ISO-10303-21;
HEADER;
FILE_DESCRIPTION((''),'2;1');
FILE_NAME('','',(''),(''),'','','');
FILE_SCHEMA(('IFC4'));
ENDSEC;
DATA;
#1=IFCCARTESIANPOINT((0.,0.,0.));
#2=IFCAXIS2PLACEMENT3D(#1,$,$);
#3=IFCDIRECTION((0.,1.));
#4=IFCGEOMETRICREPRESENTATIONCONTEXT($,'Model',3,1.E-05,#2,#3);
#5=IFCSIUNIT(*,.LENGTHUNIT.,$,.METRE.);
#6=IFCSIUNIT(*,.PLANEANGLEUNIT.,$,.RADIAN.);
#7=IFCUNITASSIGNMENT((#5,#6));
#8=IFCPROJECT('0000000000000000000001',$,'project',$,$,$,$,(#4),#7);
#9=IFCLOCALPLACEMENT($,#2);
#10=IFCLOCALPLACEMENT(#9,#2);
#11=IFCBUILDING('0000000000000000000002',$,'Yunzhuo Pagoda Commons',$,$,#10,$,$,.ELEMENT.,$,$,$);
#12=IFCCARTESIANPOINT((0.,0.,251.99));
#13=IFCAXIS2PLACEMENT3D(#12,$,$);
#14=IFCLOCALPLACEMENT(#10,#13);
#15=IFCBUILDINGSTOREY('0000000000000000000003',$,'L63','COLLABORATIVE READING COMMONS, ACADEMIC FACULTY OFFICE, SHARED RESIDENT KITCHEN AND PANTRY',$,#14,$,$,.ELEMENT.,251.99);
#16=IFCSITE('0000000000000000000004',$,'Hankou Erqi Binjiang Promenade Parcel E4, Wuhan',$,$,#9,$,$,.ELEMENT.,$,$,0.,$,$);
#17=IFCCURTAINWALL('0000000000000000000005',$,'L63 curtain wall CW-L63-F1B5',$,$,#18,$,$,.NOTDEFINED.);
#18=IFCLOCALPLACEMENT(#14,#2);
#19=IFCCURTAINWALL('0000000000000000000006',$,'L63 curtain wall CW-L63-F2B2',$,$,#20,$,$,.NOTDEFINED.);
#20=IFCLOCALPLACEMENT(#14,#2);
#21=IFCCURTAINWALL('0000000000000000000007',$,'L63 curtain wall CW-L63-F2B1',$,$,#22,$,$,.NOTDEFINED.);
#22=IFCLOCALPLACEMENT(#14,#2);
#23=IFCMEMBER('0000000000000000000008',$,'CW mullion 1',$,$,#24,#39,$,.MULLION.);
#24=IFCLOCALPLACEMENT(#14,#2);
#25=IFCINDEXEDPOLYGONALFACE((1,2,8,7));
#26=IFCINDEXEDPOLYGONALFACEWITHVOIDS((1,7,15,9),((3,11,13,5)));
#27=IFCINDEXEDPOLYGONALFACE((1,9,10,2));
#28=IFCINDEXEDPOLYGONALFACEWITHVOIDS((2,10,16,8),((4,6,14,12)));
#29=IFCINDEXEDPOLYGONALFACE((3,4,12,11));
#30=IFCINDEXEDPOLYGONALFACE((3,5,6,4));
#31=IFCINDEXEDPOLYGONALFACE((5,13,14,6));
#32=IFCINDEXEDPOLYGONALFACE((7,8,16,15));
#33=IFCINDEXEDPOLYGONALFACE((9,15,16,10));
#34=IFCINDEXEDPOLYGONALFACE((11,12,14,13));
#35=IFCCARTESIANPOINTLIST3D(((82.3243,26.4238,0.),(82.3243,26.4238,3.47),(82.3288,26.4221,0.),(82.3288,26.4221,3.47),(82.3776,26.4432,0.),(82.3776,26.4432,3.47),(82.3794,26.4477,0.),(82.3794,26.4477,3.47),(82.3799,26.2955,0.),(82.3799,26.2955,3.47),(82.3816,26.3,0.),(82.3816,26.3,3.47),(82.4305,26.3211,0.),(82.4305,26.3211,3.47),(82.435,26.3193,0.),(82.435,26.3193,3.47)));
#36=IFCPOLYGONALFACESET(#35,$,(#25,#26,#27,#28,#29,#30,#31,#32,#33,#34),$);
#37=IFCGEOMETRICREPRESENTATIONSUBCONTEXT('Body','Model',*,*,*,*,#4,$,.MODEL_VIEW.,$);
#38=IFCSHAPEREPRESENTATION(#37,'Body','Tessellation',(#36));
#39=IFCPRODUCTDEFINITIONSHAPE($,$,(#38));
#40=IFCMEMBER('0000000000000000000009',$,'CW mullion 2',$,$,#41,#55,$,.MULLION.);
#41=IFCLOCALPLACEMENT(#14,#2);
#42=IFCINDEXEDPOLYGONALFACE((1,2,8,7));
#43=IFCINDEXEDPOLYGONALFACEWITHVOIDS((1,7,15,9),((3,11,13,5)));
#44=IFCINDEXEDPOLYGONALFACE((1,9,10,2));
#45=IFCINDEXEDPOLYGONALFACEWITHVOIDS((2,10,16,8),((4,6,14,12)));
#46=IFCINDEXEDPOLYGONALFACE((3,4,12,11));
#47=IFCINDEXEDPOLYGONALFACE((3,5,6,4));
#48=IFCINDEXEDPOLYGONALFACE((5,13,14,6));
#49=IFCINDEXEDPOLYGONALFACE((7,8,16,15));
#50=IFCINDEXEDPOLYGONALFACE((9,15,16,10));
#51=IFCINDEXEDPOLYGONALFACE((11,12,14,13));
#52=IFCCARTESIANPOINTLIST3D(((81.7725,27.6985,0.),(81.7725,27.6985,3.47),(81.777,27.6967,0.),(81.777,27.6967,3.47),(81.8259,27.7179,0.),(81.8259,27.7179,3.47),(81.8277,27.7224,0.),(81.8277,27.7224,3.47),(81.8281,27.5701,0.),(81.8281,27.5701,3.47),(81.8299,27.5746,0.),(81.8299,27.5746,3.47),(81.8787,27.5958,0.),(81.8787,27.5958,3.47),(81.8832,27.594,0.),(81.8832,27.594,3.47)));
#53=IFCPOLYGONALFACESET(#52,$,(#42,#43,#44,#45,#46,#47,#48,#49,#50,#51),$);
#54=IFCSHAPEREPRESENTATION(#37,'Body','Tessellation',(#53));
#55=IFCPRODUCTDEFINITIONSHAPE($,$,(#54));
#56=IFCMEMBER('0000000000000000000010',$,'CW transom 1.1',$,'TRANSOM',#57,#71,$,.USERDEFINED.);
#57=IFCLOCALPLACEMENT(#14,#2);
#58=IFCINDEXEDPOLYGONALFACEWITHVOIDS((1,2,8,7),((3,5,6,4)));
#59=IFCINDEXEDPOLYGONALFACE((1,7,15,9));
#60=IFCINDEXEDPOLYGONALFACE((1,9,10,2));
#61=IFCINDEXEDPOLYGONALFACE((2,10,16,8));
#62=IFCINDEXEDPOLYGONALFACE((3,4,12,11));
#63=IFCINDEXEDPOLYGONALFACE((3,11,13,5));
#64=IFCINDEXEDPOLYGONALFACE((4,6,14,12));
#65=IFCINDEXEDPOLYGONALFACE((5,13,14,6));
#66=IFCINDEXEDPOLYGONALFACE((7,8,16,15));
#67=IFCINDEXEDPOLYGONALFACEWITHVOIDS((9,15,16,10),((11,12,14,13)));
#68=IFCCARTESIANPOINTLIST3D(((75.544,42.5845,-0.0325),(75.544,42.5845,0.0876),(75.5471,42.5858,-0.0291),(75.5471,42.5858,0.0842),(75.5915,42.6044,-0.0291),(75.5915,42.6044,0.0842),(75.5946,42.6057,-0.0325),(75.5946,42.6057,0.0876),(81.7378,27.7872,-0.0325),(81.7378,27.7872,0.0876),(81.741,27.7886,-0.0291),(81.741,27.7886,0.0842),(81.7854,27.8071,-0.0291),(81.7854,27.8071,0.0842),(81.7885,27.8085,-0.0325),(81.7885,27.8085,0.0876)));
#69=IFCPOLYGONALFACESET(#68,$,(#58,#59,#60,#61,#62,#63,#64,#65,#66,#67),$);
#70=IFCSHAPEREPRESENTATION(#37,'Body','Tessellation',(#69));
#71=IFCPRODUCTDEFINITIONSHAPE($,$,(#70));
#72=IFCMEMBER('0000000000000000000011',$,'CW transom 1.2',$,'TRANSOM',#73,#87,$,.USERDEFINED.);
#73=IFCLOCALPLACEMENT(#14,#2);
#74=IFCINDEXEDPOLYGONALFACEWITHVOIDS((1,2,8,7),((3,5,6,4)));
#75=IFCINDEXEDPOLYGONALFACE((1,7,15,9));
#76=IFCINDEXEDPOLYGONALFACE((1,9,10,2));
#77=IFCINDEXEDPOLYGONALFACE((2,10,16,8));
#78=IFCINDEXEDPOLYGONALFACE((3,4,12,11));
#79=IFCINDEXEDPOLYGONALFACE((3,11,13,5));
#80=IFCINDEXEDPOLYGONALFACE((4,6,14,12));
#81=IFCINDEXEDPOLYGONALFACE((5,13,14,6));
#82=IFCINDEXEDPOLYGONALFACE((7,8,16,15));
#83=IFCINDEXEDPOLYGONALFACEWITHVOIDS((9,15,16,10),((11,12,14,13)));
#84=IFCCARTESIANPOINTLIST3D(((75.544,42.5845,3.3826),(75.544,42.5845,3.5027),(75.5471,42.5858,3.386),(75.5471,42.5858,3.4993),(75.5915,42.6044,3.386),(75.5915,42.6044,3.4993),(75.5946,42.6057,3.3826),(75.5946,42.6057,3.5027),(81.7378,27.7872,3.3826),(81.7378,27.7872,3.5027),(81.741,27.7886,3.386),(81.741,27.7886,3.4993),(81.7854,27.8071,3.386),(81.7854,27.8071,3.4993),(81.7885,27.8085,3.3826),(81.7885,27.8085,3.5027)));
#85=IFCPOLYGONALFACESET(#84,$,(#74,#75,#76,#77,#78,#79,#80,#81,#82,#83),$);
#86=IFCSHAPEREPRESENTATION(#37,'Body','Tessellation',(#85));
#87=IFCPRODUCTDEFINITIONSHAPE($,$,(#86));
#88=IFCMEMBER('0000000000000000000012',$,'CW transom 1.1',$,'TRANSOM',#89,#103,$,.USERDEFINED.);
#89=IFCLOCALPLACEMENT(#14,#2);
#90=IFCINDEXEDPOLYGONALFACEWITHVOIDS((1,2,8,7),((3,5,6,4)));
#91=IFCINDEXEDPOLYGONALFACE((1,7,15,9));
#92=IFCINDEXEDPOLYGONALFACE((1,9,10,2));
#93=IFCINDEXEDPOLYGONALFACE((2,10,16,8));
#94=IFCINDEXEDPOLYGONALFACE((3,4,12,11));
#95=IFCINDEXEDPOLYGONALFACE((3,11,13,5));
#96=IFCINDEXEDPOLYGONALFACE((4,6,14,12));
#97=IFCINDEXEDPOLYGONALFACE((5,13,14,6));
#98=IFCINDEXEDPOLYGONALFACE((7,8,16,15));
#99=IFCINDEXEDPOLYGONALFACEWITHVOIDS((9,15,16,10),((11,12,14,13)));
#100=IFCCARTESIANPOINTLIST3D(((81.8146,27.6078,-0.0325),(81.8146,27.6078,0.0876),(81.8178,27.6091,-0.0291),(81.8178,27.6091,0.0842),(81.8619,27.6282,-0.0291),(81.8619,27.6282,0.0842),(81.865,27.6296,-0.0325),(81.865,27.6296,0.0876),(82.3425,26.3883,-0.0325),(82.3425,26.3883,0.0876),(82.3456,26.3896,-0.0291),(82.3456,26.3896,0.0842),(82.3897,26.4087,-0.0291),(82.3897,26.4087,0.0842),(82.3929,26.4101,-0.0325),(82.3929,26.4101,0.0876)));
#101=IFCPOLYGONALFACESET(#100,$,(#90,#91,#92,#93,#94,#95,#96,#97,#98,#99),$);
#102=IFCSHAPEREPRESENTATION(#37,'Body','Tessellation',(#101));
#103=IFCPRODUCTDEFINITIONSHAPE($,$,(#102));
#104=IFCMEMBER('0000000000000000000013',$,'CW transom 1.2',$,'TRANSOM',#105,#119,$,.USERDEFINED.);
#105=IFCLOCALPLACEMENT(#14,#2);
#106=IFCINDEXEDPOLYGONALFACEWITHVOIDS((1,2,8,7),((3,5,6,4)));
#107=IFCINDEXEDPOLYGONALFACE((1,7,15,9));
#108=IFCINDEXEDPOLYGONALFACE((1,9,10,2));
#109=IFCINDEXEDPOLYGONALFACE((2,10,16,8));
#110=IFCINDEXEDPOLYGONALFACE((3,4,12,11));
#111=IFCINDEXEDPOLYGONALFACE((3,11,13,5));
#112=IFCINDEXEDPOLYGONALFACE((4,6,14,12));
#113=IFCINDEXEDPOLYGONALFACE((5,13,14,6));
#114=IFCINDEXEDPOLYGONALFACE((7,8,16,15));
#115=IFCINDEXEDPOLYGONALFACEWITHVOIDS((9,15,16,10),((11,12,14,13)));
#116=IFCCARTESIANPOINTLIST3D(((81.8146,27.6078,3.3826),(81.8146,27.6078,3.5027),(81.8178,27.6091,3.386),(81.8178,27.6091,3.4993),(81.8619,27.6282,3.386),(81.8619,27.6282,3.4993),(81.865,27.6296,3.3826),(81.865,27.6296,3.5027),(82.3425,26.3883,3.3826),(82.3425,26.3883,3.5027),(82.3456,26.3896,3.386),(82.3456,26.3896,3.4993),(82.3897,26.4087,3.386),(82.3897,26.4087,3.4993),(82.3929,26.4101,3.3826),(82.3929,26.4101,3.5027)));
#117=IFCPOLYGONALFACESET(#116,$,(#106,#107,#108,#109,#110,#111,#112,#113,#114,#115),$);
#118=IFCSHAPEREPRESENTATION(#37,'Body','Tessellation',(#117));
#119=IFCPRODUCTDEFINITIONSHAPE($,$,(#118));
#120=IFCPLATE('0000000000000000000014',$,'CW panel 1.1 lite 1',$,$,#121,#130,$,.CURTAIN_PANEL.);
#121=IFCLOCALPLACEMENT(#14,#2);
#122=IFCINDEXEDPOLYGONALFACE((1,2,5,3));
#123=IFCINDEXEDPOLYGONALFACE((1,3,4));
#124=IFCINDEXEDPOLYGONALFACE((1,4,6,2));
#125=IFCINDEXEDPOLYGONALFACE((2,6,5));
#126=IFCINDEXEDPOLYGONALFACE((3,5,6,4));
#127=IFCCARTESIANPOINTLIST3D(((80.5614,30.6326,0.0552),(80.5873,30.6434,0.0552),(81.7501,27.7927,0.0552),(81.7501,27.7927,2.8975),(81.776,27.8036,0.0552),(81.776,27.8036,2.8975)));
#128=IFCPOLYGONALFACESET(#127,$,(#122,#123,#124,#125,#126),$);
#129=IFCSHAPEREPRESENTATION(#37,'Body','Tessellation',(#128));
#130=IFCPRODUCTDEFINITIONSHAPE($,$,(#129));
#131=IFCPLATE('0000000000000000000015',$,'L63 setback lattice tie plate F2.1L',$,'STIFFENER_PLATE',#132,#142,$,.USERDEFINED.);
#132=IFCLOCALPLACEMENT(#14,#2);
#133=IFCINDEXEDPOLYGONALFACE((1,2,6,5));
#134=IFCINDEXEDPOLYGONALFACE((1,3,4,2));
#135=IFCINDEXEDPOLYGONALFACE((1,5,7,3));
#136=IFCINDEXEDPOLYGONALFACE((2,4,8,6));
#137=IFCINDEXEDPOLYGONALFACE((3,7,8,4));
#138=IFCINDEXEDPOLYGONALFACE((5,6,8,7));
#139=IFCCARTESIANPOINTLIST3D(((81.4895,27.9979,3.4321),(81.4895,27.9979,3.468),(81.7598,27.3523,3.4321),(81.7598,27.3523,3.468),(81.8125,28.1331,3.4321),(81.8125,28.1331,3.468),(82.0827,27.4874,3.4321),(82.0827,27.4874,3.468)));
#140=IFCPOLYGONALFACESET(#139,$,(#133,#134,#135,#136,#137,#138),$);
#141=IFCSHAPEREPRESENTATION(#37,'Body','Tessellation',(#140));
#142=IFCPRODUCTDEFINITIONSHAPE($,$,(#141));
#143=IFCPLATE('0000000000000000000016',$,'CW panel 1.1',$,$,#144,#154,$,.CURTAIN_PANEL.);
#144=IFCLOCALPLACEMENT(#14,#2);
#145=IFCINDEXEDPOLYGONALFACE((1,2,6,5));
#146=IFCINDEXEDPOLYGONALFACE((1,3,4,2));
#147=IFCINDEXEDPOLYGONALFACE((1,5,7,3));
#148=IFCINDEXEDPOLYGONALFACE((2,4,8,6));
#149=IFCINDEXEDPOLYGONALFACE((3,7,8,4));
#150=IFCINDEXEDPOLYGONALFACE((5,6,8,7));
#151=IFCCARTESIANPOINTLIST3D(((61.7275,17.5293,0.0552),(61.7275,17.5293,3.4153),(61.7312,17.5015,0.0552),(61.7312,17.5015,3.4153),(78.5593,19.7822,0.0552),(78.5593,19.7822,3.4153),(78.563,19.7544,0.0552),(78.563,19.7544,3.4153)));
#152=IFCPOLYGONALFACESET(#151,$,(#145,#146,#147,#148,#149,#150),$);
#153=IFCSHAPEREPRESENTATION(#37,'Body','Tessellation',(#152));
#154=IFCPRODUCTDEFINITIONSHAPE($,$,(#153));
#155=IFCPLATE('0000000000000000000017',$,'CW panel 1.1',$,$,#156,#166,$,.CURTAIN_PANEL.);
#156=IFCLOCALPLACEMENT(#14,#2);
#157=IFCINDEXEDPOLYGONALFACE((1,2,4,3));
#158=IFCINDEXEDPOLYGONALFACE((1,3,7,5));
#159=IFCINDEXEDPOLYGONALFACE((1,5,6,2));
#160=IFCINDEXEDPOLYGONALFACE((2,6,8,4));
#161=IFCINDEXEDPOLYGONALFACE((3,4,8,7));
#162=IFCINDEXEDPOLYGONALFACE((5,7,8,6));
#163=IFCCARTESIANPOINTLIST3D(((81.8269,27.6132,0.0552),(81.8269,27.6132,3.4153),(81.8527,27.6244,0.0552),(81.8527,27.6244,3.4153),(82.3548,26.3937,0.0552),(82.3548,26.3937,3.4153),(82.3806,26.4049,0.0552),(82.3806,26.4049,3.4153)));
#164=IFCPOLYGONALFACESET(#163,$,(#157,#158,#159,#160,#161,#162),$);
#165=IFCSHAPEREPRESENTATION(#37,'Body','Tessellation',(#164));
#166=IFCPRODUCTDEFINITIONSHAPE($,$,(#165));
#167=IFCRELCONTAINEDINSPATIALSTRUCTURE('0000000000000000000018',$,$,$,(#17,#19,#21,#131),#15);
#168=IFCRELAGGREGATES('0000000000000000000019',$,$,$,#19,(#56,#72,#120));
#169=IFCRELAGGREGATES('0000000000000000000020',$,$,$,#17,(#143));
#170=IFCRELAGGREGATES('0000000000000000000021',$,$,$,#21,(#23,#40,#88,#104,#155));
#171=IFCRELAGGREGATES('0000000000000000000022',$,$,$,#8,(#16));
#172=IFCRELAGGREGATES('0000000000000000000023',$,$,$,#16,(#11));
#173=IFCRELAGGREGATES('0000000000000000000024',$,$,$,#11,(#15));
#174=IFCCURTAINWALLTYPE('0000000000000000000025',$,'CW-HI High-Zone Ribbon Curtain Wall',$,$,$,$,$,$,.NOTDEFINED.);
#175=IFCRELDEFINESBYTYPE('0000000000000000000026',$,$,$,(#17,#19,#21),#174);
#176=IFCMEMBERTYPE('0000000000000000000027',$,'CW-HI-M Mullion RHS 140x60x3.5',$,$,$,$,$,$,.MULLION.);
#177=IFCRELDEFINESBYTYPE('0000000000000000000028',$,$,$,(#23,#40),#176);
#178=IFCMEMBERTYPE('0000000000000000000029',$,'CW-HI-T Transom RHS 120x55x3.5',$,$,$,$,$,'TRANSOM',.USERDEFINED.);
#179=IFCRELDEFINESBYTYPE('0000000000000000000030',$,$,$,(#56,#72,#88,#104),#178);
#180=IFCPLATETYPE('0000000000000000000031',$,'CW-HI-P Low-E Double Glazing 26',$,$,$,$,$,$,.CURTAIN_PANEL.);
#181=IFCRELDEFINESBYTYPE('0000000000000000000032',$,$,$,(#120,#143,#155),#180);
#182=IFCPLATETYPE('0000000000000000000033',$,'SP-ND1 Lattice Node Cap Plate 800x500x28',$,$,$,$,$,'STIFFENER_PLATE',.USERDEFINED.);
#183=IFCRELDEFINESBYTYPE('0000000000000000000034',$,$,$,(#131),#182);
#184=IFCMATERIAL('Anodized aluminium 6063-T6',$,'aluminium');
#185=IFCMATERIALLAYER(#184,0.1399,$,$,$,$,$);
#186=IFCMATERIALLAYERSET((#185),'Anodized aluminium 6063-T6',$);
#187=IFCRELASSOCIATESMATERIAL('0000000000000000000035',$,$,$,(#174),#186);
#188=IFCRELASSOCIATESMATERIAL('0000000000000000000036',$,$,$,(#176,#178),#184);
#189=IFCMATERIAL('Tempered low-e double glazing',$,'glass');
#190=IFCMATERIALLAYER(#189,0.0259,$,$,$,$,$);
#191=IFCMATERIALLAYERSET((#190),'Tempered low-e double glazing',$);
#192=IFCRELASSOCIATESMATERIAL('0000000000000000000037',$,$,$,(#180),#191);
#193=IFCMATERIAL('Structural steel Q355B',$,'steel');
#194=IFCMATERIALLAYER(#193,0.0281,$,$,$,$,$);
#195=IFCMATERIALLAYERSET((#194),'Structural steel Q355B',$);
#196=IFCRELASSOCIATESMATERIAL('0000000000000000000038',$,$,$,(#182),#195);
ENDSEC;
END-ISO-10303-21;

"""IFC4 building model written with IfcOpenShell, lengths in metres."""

from ifc_helpers import new_model, si_unit, direction, frame, origin, origin_2d, place, context, subcontext, project, spatial, polyline, rectangle, hollow_rectangle, outline, extrude, source, transform, mapped, material, layer, layer_set, material_profile, profile_set, type_object, element, aggregate, save


model = new_model("IFC4")

# Units and contexts
model_context = context("Model", 3, precision=1e-05, world=origin(), true_north=direction((0.0, 1.0)))
body_context = subcontext(model_context, "Body", "Model", "MODEL_VIEW")
ifc_project = project(units=[si_unit("LENGTHUNIT", "METRE"), si_unit("PLANEANGLEUNIT", "RADIAN")], contexts=[model_context])

# Site, building, storey
site_placement = place(None, origin())
site = spatial("IfcSite", under=ifc_project, at=site_placement, Name="Hankou Erqi Binjiang Promenade Parcel E4, Wuhan", CompositionType="ELEMENT", RefElevation=0.0)
building_placement = place(site_placement, origin())
building = spatial("IfcBuilding", under=site, at=building_placement, Name="Yunzhuo Pagoda Commons", CompositionType="ELEMENT")
storey_placement = place(building_placement, frame((0.0, 0.0, 251.99)))
storey = spatial("IfcBuildingStorey", under=building, at=storey_placement, Name="L63", Description="COLLABORATIVE READING COMMONS, ACADEMIC FACULTY OFFICE, SHARED RESIDENT KITCHEN AND PANTRY", CompositionType="ELEMENT", Elevation=251.99)

# Shared definitions
ifc_material_1 = material(Name="Structural steel Q355B", Category="steel")

# Curtain walls
ifc_material_2 = material(Name="Anodized aluminium 6063-T6", Category="aluminium")
ifc_layer_1 = layer(ifc_material_2, 0.1399)
ifc_layer_set_1 = layer_set([ifc_layer_1], Name="Anodized aluminium 6063-T6")
curtain_wall_type = type_object("IfcCurtainWallType", Name="CW-HI High-Zone Ribbon Curtain Wall", PredefinedType="NOTDEFINED", material=ifc_layer_set_1)
curtain_wall_1_placement = place(storey_placement, origin())
curtain_wall_1 = element("IfcCurtainWall", 1, at=curtain_wall_1_placement, inside=storey, type_object=curtain_wall_type, Name="L63 curtain wall CW-L63-F1B5", PredefinedType="NOTDEFINED")
ifc_material_profile_1 = material_profile(ifc_material_2, hollow_rectangle(XDim=0.0601, YDim=0.1399, WallThickness=0.0034, at=origin_2d()), Name="Anodized aluminium 6063-T6")
ifc_profile_set_1 = profile_set([ifc_material_profile_1], Name="Anodized aluminium 6063-T6")
member_type_1 = type_object("IfcMemberType", Name="CW-HI-M Mullion RHS 140x60x3.5", PredefinedType="MULLION", material=ifc_profile_set_1)
shared_shape_1 = source(origin(), body_context, "Body", "SweptSolid", [
    extrude(hollow_rectangle(XDim=0.0601, YDim=0.1399, WallThickness=0.0034, at=origin_2d()), origin(), (0.0, 0.0, 1.0), 3.47),
])
curtain_wall_2_placement = place(storey_placement, origin())
curtain_wall_2 = element("IfcCurtainWall", 2, at=curtain_wall_2_placement, inside=storey, type_object=curtain_wall_type, Name="L63 curtain wall CW-L63-F2B2", PredefinedType="NOTDEFINED")

# Curtain wall, members
curtain_wall_3_placement = place(storey_placement, origin())
curtain_wall_3 = element("IfcCurtainWall", 3, at=curtain_wall_3_placement, inside=storey, type_object=curtain_wall_type, Name="L63 curtain wall CW-L63-F2B1", PredefinedType="NOTDEFINED")
member_1_placement = place(storey_placement, frame((82.3796, 26.3716, 0.0), z_axis=(0.0, 0.0, 1.0), x_axis=(-0.917707, -0.397257, 0.0)))
member_1 = element("IfcMember", 4, at=member_1_placement, type_object=member_type_1, Name="CW mullion 1", PredefinedType="MULLION", context=body_context, shape_type="MappedRepresentation", body=[
    mapped(shared_shape_1, transform((0.0, 0.0, 0.0), scale=1.0)),
])
member_2_placement = place(storey_placement, frame((81.8279, 27.6462, 0.0), z_axis=(0.0, 0.0, 1.0), x_axis=(-0.917707, -0.397257, 0.0)))
member_2 = element("IfcMember", 5, at=member_2_placement, type_object=member_type_1, Name="CW mullion 2", PredefinedType="MULLION", context=body_context, shape_type="MappedRepresentation", body=[
    mapped(shared_shape_1, transform((0.0, 0.0, 0.0), scale=1.0)),
])

# Members
ifc_material_profile_2 = material_profile(ifc_material_2, hollow_rectangle(XDim=0.0549, YDim=0.1201, WallThickness=0.0034, at=origin_2d()), Name="Anodized aluminium 6063-T6")
ifc_profile_set_2 = profile_set([ifc_material_profile_2], Name="Anodized aluminium 6063-T6")
member_type_2 = type_object("IfcMemberType", Name="CW-HI-T Transom RHS 120x55x3.5", ElementType="TRANSOM", PredefinedType="USERDEFINED", material=ifc_profile_set_2)
shared_shape_2 = source(origin(), body_context, "Body", "SweptSolid", [
    extrude(hollow_rectangle(XDim=0.0549, YDim=0.1201, WallThickness=0.0034, at=origin_2d()), origin(), (0.0, 0.0, 1.0), 16.0413),
])
member_3_placement = place(storey_placement, frame((81.7632, 27.7979, 0.0276), z_axis=(-0.386122, 0.922448, 0.0), x_axis=(-0.922448, -0.386122, 0.0)))
member_3 = element("IfcMember", 6, at=member_3_placement, type_object=member_type_2, Name="CW transom 1.1", ObjectType="TRANSOM", PredefinedType="USERDEFINED", context=body_context, shape_type="MappedRepresentation", body=[
    mapped(shared_shape_2, transform((0.0, 0.0, 0.0), scale=1.0)),
])
member_4_placement = place(storey_placement, frame((81.7632, 27.7979, 3.4426), z_axis=(-0.386122, 0.922448, 0.0), x_axis=(-0.922448, -0.386122, 0.0)))
member_4 = element("IfcMember", 7, at=member_4_placement, type_object=member_type_2, Name="CW transom 1.2", ObjectType="TRANSOM", PredefinedType="USERDEFINED", context=body_context, shape_type="MappedRepresentation", body=[
    mapped(shared_shape_2, transform((0.0, 0.0, 0.0), scale=1.0)),
])
shared_shape_3 = source(origin(), body_context, "Body", "SweptSolid", [
    extrude(hollow_rectangle(XDim=0.0549, YDim=0.1201, WallThickness=0.0034, at=origin_2d()), origin(), (0.0, 0.0, 1.0), 1.3289),
])
member_5_placement = place(storey_placement, frame((82.3677, 26.3992, 0.0276), z_axis=(-0.397221, 0.917723, 0.0), x_axis=(-0.917723, -0.397221, 0.0)))
member_5 = element("IfcMember", 8, at=member_5_placement, type_object=member_type_2, Name="CW transom 1.1", ObjectType="TRANSOM", PredefinedType="USERDEFINED", context=body_context, shape_type="MappedRepresentation", body=[
    mapped(shared_shape_3, transform((0.0, 0.0, 0.0), scale=1.0)),
])
member_6_placement = place(storey_placement, frame((82.3677, 26.3992, 3.4426), z_axis=(-0.397221, 0.917723, 0.0), x_axis=(-0.917723, -0.397221, 0.0)))
member_6 = element("IfcMember", 9, at=member_6_placement, type_object=member_type_2, Name="CW transom 1.2", ObjectType="TRANSOM", PredefinedType="USERDEFINED", context=body_context, shape_type="MappedRepresentation", body=[
    mapped(shared_shape_3, transform((0.0, 0.0, 0.0), scale=1.0)),
])

# Plates
ifc_material_3 = material(Name="Tempered low-e double glazing", Category="glass")
ifc_layer_2 = layer(ifc_material_3, 0.0259)
ifc_layer_set_2 = layer_set([ifc_layer_2], Name="Tempered low-e double glazing")
plate_type_1 = type_object("IfcPlateType", Name="CW-HI-P Low-E Double Glazing 26", PredefinedType="CURTAIN_PANEL", material=ifc_layer_set_2)
plate_1_placement = place(storey_placement, frame((81.1558, 29.2126, 1.4763), z_axis=(0.922451, 0.386115, 0.0), x_axis=(-0.386115, 0.922451, 0.0)))
plate_1 = element("IfcPlate", 10, at=plate_1_placement, type_object=plate_type_1, Name="CW panel 1.1 lite 1", PredefinedType="CURTAIN_PANEL", context=body_context, shape_type="SweptSolid", body=[
    extrude(outline(polyline([(-1.5393, -1.4211), (1.5393, -1.4211), (-1.5393, 1.4211), (-1.5393, -1.4211)])), origin(), (0.0, 0.0, 1.0), 0.0281),
])
aggregate(curtain_wall_2, [member_3, member_4, plate_1])
ifc_layer_3 = layer(ifc_material_1, 0.0281)
ifc_layer_set_3 = layer_set([ifc_layer_3], Name="Structural steel Q355B")
plate_type_2 = type_object("IfcPlateType", Name="SP-ND1 Lattice Node Cap Plate 800x500x28", ElementType="STIFFENER_PLATE", PredefinedType="USERDEFINED", material=ifc_layer_set_3)
shared_shape_4 = source(origin(), body_context, "Body", "SweptSolid", [
    extrude(rectangle(XDim=0.7, YDim=0.3501, at=origin_2d()), origin(), (0.0, 0.0, 1.0), 0.0359),
])
plate_2_placement = place(storey_placement, frame((81.7861, 27.7427, 3.4321), z_axis=(0.0, 0.0, 1.0), x_axis=(-0.386115, 0.922451, 0.0)))
element("IfcPlate", 11, at=plate_2_placement, inside=storey, type_object=plate_type_2, Name="L63 setback lattice tie plate F2.1L", ObjectType="STIFFENER_PLATE", PredefinedType="USERDEFINED", context=body_context, shape_type="MappedRepresentation", body=[
    mapped(shared_shape_4, transform((0.0, 0.0, 0.0), scale=1.0)),
])
shared_shape_5 = source(origin(), body_context, "Body", "SweptSolid", [
    extrude(rectangle(XDim=16.9819, YDim=0.0281, at=origin_2d()), origin(), (0.0, 0.0, 1.0), 3.3601),
])
plate_3_placement = place(storey_placement, frame((70.1453, 18.6418, 0.0552), z_axis=(0.0, 0.0, 1.0), x_axis=(0.991161, 0.132664, 0.0)))
plate_3 = element("IfcPlate", 12, at=plate_3_placement, type_object=plate_type_1, Name="CW panel 1.1", PredefinedType="CURTAIN_PANEL", context=body_context, shape_type="MappedRepresentation", body=[
    mapped(shared_shape_5, transform((0.0, 0.0, 0.0), scale=1.0)),
])
aggregate(curtain_wall_1, [plate_3])
shared_shape_6 = source(origin(), body_context, "Body", "SweptSolid", [
    extrude(rectangle(XDim=1.3289, YDim=0.0281, at=origin_2d()), origin(), (0.0, 0.0, 1.0), 3.3601),
])
plate_4_placement = place(storey_placement, frame((82.1038, 27.009, 0.0552), z_axis=(0.0, 0.0, 1.0), x_axis=(-0.397257, 0.917707, 0.0)))
plate_4 = element("IfcPlate", 13, at=plate_4_placement, type_object=plate_type_1, Name="CW panel 1.1", PredefinedType="CURTAIN_PANEL", context=body_context, shape_type="MappedRepresentation", body=[
    mapped(shared_shape_6, transform((0.0, 0.0, 0.0), scale=1.0)),
])
aggregate(curtain_wall_3, [member_1, member_2, member_5, member_6, plate_4])

save(model, "model.ifc")
